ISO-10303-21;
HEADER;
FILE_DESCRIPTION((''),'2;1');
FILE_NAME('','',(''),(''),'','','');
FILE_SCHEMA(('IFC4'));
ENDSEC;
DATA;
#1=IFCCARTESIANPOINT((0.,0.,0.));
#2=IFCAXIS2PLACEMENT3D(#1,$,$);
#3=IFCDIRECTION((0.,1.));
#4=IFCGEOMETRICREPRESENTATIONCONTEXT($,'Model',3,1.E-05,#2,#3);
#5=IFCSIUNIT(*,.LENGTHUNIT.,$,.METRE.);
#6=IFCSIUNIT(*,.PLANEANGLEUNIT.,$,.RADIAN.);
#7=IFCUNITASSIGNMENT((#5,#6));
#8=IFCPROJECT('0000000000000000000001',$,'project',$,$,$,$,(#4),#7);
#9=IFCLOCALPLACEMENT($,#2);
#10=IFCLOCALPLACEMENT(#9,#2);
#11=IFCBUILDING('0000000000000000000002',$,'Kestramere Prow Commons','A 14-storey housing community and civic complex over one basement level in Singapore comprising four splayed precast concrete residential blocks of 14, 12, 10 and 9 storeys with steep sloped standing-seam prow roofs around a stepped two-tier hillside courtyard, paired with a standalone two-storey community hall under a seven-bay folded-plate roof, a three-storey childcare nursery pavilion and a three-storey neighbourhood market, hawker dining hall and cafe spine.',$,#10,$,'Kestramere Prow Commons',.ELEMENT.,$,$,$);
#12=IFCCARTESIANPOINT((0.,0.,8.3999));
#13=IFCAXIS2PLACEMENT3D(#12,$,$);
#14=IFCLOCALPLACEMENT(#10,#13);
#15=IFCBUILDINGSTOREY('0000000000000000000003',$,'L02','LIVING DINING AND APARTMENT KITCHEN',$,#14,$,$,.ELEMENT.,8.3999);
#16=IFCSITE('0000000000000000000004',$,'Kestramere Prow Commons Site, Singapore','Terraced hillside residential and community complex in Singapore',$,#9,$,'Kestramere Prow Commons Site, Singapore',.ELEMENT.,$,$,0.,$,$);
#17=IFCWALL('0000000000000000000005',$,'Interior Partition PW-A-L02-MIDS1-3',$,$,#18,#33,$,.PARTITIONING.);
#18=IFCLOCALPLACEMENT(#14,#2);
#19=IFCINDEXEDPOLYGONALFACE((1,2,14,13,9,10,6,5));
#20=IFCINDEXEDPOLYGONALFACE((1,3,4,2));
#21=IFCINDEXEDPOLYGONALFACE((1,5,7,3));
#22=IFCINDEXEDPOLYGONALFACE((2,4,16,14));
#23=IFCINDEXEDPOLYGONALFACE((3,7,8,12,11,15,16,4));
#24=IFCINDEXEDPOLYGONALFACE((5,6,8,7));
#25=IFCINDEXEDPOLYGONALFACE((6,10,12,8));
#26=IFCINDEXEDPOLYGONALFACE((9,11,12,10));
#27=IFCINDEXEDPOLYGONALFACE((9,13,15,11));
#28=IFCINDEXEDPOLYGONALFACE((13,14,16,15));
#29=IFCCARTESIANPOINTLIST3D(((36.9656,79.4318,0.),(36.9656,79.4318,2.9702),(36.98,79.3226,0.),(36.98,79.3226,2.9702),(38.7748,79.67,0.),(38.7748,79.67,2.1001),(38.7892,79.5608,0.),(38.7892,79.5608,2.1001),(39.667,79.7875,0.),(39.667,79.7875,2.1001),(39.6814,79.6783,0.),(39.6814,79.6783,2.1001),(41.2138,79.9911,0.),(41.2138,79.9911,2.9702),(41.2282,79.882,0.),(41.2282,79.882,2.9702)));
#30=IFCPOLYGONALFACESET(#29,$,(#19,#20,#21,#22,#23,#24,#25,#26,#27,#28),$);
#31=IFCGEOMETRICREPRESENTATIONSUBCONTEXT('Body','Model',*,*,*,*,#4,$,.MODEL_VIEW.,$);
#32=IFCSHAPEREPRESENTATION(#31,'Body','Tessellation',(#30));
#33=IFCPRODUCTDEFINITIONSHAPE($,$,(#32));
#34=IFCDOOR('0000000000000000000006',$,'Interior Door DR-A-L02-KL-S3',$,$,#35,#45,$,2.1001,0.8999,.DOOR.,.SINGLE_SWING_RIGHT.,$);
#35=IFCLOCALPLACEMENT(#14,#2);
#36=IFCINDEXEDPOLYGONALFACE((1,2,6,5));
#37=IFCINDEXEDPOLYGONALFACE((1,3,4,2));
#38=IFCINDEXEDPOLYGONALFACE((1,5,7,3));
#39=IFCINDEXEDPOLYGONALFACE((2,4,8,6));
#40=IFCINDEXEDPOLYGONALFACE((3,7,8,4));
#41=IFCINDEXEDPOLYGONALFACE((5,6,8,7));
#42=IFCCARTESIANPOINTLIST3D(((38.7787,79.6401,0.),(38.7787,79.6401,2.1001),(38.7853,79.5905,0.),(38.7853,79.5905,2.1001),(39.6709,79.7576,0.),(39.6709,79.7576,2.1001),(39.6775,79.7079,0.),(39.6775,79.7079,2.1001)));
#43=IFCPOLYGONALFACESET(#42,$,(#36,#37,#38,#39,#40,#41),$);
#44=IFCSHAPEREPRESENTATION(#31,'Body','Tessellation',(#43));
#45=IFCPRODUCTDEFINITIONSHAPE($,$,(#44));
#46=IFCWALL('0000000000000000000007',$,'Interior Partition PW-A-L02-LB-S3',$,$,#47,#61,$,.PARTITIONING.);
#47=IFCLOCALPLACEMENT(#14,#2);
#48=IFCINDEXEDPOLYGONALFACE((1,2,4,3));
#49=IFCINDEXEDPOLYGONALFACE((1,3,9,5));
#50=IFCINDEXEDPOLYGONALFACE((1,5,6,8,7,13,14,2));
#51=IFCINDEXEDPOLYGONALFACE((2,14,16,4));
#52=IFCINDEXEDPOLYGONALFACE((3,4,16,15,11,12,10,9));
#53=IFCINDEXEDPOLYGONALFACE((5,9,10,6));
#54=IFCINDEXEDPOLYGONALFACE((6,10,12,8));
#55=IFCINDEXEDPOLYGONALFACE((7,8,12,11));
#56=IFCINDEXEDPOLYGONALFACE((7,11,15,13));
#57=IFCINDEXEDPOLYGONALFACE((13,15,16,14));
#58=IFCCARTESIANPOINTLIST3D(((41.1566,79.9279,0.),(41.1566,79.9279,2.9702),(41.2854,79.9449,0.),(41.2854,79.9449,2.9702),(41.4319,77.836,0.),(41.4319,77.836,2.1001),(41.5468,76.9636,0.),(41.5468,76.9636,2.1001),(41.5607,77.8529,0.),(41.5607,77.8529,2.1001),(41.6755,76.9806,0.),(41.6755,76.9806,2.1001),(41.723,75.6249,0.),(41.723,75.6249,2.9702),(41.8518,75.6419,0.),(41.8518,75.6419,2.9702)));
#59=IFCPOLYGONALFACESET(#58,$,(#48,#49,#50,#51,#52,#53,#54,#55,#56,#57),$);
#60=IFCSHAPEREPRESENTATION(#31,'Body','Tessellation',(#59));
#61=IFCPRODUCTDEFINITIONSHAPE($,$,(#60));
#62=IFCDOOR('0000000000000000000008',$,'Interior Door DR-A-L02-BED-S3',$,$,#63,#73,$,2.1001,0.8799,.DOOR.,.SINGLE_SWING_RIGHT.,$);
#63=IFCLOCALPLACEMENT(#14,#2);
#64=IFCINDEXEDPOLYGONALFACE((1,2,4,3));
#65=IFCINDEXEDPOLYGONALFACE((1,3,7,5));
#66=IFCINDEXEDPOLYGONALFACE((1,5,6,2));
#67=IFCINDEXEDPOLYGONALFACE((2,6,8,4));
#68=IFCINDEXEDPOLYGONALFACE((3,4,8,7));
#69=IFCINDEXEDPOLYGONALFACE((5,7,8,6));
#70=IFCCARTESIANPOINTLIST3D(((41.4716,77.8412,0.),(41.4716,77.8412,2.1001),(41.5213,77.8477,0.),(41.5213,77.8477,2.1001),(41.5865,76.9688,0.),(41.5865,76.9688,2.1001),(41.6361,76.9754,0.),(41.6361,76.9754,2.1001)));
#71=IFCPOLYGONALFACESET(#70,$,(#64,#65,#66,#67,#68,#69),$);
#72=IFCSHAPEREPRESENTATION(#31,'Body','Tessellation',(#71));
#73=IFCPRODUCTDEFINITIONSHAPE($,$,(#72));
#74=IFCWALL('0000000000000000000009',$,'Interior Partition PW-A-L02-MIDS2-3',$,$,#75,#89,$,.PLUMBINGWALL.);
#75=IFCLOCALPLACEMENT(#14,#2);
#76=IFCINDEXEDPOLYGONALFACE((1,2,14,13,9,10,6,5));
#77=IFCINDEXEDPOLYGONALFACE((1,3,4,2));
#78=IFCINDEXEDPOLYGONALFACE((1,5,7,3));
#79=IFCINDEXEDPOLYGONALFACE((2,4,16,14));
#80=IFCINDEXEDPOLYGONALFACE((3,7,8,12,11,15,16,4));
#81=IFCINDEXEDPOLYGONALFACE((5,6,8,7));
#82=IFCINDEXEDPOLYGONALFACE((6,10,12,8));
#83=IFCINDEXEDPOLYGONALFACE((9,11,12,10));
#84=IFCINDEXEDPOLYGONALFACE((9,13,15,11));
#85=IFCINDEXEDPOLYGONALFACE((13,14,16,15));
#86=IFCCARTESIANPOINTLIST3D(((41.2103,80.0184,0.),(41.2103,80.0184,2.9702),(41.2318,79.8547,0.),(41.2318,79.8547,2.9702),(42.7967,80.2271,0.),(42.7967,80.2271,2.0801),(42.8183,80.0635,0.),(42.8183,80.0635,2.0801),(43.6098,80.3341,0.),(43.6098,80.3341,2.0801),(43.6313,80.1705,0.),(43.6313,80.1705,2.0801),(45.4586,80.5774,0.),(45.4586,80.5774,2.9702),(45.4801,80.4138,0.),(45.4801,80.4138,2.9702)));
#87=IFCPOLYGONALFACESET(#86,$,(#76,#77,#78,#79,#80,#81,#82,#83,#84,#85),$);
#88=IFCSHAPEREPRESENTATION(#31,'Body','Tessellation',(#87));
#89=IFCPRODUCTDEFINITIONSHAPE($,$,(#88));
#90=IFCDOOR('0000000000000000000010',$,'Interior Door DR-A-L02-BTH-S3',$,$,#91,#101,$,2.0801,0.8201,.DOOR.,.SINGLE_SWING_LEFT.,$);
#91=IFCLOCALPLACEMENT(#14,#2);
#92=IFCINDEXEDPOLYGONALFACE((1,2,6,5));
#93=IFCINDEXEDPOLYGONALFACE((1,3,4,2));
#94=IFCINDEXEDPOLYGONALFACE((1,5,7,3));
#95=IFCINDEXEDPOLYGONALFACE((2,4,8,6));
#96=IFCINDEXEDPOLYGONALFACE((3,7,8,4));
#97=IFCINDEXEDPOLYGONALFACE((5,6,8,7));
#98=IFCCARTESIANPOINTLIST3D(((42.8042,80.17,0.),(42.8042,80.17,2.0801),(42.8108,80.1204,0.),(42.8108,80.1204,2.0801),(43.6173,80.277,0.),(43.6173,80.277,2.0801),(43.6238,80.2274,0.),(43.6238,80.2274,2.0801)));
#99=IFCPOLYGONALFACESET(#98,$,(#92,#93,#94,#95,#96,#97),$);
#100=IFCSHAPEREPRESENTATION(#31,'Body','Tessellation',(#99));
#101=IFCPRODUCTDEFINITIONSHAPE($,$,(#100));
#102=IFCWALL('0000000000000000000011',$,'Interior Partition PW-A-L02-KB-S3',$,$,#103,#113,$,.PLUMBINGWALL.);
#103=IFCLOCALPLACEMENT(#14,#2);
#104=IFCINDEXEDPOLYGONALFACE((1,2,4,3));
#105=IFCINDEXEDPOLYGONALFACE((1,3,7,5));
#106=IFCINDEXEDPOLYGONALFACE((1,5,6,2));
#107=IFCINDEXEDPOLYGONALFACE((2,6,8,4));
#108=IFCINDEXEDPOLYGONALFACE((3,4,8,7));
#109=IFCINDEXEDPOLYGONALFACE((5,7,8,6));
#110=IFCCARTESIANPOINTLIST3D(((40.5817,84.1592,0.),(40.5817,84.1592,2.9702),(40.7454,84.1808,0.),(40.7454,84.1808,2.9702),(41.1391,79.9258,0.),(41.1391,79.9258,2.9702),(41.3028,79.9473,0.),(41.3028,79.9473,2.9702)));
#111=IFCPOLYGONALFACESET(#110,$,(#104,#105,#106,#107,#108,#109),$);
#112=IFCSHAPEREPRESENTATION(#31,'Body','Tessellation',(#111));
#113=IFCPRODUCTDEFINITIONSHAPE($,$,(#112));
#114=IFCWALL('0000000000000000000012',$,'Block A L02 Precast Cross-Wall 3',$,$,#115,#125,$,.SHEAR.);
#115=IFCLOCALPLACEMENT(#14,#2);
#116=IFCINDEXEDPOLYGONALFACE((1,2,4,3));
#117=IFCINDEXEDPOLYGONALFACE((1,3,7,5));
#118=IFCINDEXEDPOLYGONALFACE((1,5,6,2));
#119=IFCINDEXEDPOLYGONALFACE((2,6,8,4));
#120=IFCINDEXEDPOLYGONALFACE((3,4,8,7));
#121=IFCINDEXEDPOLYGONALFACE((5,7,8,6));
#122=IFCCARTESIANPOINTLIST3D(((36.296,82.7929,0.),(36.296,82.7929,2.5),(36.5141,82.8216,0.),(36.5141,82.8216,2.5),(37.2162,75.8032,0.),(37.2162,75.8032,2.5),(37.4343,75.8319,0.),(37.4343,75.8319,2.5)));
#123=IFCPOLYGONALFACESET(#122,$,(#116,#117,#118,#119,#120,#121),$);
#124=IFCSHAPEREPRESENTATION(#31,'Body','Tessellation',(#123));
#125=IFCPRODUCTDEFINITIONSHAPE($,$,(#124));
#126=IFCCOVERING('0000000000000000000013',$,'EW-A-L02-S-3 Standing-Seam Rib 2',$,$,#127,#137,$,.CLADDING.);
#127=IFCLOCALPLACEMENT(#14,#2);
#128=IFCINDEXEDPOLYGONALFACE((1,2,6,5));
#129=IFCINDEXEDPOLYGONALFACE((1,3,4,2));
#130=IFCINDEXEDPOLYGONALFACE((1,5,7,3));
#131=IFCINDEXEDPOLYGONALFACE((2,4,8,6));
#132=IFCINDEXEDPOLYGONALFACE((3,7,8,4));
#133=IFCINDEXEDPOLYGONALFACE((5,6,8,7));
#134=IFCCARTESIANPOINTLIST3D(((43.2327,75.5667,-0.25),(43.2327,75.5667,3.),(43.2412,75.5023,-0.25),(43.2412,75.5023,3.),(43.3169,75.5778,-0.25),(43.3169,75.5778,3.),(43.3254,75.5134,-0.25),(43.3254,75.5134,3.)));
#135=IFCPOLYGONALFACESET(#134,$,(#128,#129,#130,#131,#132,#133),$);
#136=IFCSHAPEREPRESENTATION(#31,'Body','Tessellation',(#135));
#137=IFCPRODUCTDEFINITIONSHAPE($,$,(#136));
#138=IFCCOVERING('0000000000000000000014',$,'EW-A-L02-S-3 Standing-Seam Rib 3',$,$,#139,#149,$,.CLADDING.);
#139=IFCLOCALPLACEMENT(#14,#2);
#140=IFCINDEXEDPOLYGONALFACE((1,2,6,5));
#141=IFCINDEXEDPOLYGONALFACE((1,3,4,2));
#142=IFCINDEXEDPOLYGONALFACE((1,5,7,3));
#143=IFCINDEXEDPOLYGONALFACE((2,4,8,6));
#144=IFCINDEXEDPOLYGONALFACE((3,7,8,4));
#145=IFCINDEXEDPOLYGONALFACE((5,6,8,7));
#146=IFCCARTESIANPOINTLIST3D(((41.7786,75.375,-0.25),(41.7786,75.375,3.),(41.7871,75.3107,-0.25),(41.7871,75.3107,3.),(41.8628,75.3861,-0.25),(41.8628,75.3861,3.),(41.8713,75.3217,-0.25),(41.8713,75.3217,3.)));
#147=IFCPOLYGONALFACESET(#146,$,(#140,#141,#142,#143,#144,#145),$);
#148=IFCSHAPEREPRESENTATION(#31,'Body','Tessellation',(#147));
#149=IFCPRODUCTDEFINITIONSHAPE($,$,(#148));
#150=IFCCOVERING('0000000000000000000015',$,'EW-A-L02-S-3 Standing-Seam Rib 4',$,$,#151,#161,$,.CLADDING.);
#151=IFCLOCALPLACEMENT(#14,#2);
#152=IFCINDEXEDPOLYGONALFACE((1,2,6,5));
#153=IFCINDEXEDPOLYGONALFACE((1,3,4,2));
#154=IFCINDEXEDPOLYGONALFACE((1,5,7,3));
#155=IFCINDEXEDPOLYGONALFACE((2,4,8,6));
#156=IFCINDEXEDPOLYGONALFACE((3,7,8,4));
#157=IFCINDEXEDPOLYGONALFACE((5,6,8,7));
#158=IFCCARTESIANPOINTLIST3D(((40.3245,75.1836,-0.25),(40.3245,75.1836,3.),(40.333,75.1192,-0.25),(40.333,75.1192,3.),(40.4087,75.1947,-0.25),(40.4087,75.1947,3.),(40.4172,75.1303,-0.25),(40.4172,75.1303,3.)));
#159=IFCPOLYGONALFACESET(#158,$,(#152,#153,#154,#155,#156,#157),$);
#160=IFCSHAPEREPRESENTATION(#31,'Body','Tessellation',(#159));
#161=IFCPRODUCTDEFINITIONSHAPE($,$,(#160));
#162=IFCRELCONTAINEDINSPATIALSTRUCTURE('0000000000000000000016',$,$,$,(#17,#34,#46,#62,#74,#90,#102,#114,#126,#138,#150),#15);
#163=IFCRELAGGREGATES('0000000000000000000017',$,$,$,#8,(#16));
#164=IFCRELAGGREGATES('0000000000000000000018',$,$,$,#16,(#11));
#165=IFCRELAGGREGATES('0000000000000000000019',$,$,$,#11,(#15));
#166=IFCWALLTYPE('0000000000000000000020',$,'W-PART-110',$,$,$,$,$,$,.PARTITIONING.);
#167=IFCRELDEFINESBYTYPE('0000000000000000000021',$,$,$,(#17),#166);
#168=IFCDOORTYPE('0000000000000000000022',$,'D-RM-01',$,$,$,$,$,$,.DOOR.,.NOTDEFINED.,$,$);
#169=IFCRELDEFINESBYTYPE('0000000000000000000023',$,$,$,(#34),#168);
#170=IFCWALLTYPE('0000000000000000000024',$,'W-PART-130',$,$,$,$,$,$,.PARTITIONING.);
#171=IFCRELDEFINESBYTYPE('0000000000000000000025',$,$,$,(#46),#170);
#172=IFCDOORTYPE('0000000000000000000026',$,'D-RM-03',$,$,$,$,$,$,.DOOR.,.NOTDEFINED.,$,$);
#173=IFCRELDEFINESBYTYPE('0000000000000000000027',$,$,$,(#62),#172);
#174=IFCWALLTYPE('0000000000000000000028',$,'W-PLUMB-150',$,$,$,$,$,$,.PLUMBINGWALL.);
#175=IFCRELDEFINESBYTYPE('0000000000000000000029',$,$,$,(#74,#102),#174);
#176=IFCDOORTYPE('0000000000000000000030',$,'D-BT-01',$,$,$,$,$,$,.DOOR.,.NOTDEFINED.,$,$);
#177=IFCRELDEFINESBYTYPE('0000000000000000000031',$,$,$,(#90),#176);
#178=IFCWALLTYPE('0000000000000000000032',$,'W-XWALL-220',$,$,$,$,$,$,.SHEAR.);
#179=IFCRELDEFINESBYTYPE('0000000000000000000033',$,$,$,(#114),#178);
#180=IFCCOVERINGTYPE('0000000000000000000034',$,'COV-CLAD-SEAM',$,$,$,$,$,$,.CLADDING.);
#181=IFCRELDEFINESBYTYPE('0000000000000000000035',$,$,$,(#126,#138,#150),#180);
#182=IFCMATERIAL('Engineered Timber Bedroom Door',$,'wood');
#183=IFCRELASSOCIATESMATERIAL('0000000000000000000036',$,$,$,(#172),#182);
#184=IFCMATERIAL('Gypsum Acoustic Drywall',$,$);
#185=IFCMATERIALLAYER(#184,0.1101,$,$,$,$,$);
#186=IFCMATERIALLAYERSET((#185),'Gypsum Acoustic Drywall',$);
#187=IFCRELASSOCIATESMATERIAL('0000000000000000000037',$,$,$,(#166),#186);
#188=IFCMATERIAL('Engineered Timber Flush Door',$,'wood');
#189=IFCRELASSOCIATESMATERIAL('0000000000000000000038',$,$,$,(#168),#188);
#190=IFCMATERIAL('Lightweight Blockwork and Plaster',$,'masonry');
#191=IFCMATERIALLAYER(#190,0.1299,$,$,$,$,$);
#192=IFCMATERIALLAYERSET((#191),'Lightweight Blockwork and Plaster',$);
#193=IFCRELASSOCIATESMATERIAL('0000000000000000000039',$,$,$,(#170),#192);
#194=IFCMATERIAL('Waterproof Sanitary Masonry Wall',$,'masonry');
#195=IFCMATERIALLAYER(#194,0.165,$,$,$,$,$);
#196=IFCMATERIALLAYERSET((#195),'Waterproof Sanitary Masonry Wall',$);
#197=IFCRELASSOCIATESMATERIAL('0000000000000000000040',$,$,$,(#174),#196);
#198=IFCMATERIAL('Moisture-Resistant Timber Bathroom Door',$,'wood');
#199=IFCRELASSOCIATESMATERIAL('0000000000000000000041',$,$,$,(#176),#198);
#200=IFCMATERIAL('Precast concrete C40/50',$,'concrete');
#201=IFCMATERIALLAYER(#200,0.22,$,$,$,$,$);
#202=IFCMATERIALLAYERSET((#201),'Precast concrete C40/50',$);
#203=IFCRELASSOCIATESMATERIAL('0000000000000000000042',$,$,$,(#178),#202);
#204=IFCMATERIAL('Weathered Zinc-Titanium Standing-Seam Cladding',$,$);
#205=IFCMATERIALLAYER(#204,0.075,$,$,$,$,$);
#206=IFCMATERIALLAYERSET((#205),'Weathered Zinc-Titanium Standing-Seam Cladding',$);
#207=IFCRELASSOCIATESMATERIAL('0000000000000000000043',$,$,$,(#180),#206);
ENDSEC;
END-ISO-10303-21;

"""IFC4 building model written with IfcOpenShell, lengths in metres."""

from ifc_helpers import new_model, si_unit, direction, frame, frame_2d, origin, origin_2d, place, context, subcontext, project, spatial, rectangle, extrude, material, layer, layer_set, type_object, element, fill, save


model = new_model("IFC4")

# Units and contexts
model_context = context("Model", 3, precision=1e-05, world=origin(), true_north=direction((0.0, 1.0)))
body_context = subcontext(model_context, "Body", "Model", "MODEL_VIEW")
ifc_project = project(units=[si_unit("LENGTHUNIT", "METRE"), si_unit("PLANEANGLEUNIT", "RADIAN")], contexts=[model_context])

# Site, building, storey
site_placement = place(None, origin())
site = spatial("IfcSite", under=ifc_project, at=site_placement, Name="Kestramere Prow Commons Site, Singapore", Description="Terraced hillside residential and community complex in Singapore", LongName="Kestramere Prow Commons Site, Singapore", CompositionType="ELEMENT", RefElevation=0.0)
building_placement = place(site_placement, origin())
building = spatial("IfcBuilding", under=site, at=building_placement, Name="Kestramere Prow Commons", Description="A 14-storey housing community and civic complex over one basement level in Singapore comprising four splayed precast concrete residential blocks of 14, 12, 10 and 9 storeys with steep sloped standing-seam prow roofs around a stepped two-tier hillside courtyard, paired with a standalone two-storey community hall under a seven-bay folded-plate roof, a three-storey childcare nursery pavilion and a three-storey neighbourhood market, hawker dining hall and cafe spine.", LongName="Kestramere Prow Commons", CompositionType="ELEMENT")
storey_placement = place(building_placement, frame((0.0, 0.0, 8.3999)))
storey = spatial("IfcBuildingStorey", under=building, at=storey_placement, Name="L02", Description="LIVING DINING AND APARTMENT KITCHEN", CompositionType="ELEMENT", Elevation=8.3999)

# Shared definitions
ifc_material_1 = material(Name="Precast concrete C40/50", Category="concrete")

# Walls, openings, doors
ifc_material_2 = material(Name="Gypsum Acoustic Drywall")
ifc_material_3 = material(Name="Engineered Timber Bedroom Door", Category="wood")
door_type_1 = type_object("IfcDoorType", Name="D-RM-03", OperationType="NOTDEFINED", PredefinedType="DOOR", material=ifc_material_3)
ifc_layer_1 = layer(ifc_material_2, 0.1101)
ifc_layer_set_1 = layer_set([ifc_layer_1], Name="Gypsum Acoustic Drywall")
wall_type_1 = type_object("IfcWallType", Name="W-PART-110", PredefinedType="PARTITIONING", material=ifc_layer_set_1)
wall_1_placement = place(storey_placement, frame((36.9727, 79.3772, 0.0), z_axis=(0.0, 0.0, 1.0), x_axis=(0.991444, 0.130533, 0.0)))
wall_1 = element("IfcWall", 1, at=wall_1_placement, inside=storey, type_object=wall_type_1, Name="Interior Partition PW-A-L02-MIDS1-3", PredefinedType="PARTITIONING", context=body_context, shape_type="SweptSolid", body=[
    extrude(rectangle(XDim=4.2849, YDim=0.1101, at=frame_2d((2.1426, 0.0))), origin(), (0.0, 0.0, 1.0), 2.9702),
])
opening_1_placement = place(wall_1_placement, frame((1.825, 0.0, 0.0)))
opening_1 = element("IfcOpeningElement", 2, at=opening_1_placement, cuts=wall_1, PredefinedType="OPENING", context=body_context, shape_type="SweptSolid", body=[
    extrude(rectangle(XDim=0.8999, YDim=2.1001, at=frame_2d((0.45, 1.05))), frame((0.0, 0.0701, 0.0), z_axis=(0.0, -1.0, 0.0), x_axis=(1.0, 0.0, 0.0)), (0.0, 0.0, 1.0), 0.1401),
])
ifc_material_4 = material(Name="Engineered Timber Flush Door", Category="wood")
door_type_2 = type_object("IfcDoorType", Name="D-RM-01", OperationType="NOTDEFINED", PredefinedType="DOOR", material=ifc_material_4)
door_1_placement = place(opening_1_placement, origin())
door_1 = element("IfcDoor", 3, at=door_1_placement, inside=storey, type_object=door_type_2, Name="Interior Door DR-A-L02-KL-S3", OperationType="SINGLE_SWING_RIGHT", OverallHeight=2.1001, OverallWidth=0.8999, PredefinedType="DOOR", context=body_context, shape_type="SweptSolid", body=[
    extrude(rectangle(XDim=0.8999, YDim=2.1001, at=frame_2d((0.45, 1.05))), frame((0.0, 0.0249, 0.0), z_axis=(0.0, -1.0, 0.0), x_axis=(1.0, 0.0, 0.0)), (0.0, 0.0, 1.0), 0.05),
])
fill(opening_1, door_1)
ifc_material_5 = material(Name="Lightweight Blockwork and Plaster", Category="masonry")
ifc_layer_2 = layer(ifc_material_5, 0.1299)
ifc_layer_set_2 = layer_set([ifc_layer_2], Name="Lightweight Blockwork and Plaster")
wall_type_2 = type_object("IfcWallType", Name="W-PART-130", PredefinedType="PARTITIONING", material=ifc_layer_set_2)
wall_2_placement = place(storey_placement, frame((41.7874, 75.6335, 0.0), z_axis=(0.0, 0.0, 1.0), x_axis=(-0.130505, 0.991448, 0.0)))
wall_2 = element("IfcWall", 4, at=wall_2_placement, inside=storey, type_object=wall_type_2, Name="Interior Partition PW-A-L02-LB-S3", PredefinedType="PARTITIONING", context=body_context, shape_type="SweptSolid", body=[
    extrude(rectangle(XDim=4.3401, YDim=0.1299, at=frame_2d((2.1699, 0.0))), origin(), (0.0, 0.0, 1.0), 2.9702),
])
opening_2_placement = place(wall_2_placement, frame((1.3501, 0.0, 0.0)))
opening_2 = element("IfcOpeningElement", 5, at=opening_2_placement, cuts=wall_2, PredefinedType="OPENING", context=body_context, shape_type="SweptSolid", body=[
    extrude(rectangle(XDim=0.8799, YDim=2.1001, at=frame_2d((0.4399, 1.05))), frame((0.0, 0.0798, 0.0), z_axis=(0.0, -1.0, 0.0), x_axis=(1.0, 0.0, 0.0)), (0.0, 0.0, 1.0), 0.1599),
])
door_2_placement = place(opening_2_placement, origin())
door_2 = element("IfcDoor", 6, at=door_2_placement, inside=storey, type_object=door_type_1, Name="Interior Door DR-A-L02-BED-S3", OperationType="SINGLE_SWING_RIGHT", OverallHeight=2.1001, OverallWidth=0.8799, PredefinedType="DOOR", context=body_context, shape_type="SweptSolid", body=[
    extrude(rectangle(XDim=0.8799, YDim=2.1001, at=frame_2d((0.4399, 1.05))), frame((0.0, 0.0249, 0.0), z_axis=(0.0, -1.0, 0.0), x_axis=(1.0, 0.0, 0.0)), (0.0, 0.0, 1.0), 0.05),
])
fill(opening_2, door_2)
ifc_material_6 = material(Name="Waterproof Sanitary Masonry Wall", Category="masonry")
ifc_layer_3 = layer(ifc_material_6, 0.165)
ifc_layer_set_3 = layer_set([ifc_layer_3], Name="Waterproof Sanitary Masonry Wall")
wall_type_3 = type_object("IfcWallType", Name="W-PLUMB-150", PredefinedType="PLUMBINGWALL", material=ifc_layer_set_3)
wall_3_placement = place(storey_placement, frame((41.2209, 79.9365, 0.0), z_axis=(0.0, 0.0, 1.0), x_axis=(0.991451, 0.130477, 0.0)))
wall_3 = element("IfcWall", 7, at=wall_3_placement, inside=storey, type_object=wall_type_3, Name="Interior Partition PW-A-L02-MIDS2-3", PredefinedType="PLUMBINGWALL", context=body_context, shape_type="SweptSolid", body=[
    extrude(rectangle(XDim=4.2849, YDim=0.165, at=frame_2d((2.1426, 0.0))), origin(), (0.0, 0.0, 1.0), 2.9702),
])
opening_3_placement = place(wall_3_placement, frame((1.6001, 0.0, 0.0)))
opening_3 = element("IfcOpeningElement", 8, at=opening_3_placement, cuts=wall_3, PredefinedType="OPENING", context=body_context, shape_type="SweptSolid", body=[
    extrude(rectangle(XDim=0.8201, YDim=2.0801, at=frame_2d((0.4102, 1.04))), frame((0.0, 0.0974, 0.0), z_axis=(0.0, -1.0, 0.0), x_axis=(1.0, 0.0, 0.0)), (0.0, 0.0, 1.0), 0.1951),
])
ifc_material_7 = material(Name="Moisture-Resistant Timber Bathroom Door", Category="wood")
door_type_3 = type_object("IfcDoorType", Name="D-BT-01", OperationType="NOTDEFINED", PredefinedType="DOOR", material=ifc_material_7)
door_3_placement = place(opening_3_placement, origin())
door_3 = element("IfcDoor", 9, at=door_3_placement, inside=storey, type_object=door_type_3, Name="Interior Door DR-A-L02-BTH-S3", OperationType="SINGLE_SWING_LEFT", OverallHeight=2.0801, OverallWidth=0.8201, PredefinedType="DOOR", context=body_context, shape_type="SweptSolid", body=[
    extrude(rectangle(XDim=0.8201, YDim=2.0801, at=frame_2d((0.4102, 1.04))), frame((0.0, 0.0249, 0.0), z_axis=(0.0, -1.0, 0.0), x_axis=(1.0, 0.0, 0.0)), (0.0, 0.0, 1.0), 0.05),
])
fill(opening_3, door_3)

# Walls
wall_4_placement = place(storey_placement, frame((41.2209, 79.9365, 0.0), z_axis=(0.0, 0.0, 1.0), x_axis=(-0.130534, 0.991444, 0.0)))
element("IfcWall", 10, at=wall_4_placement, inside=storey, type_object=wall_type_3, Name="Interior Partition PW-A-L02-KB-S3", PredefinedType="PLUMBINGWALL", context=body_context, shape_type="SweptSolid", body=[
    extrude(rectangle(XDim=4.27, YDim=0.165, at=frame_2d((2.135, 0.0))), origin(), (0.0, 0.0, 1.0), 2.9702),
])
ifc_layer_4 = layer(ifc_material_1, 0.22)
ifc_layer_set_4 = layer_set([ifc_layer_4], Name="Precast concrete C40/50")
wall_type_4 = type_object("IfcWallType", Name="W-XWALL-220", PredefinedType="SHEAR", material=ifc_layer_set_4)
wall_5_placement = place(storey_placement, frame((37.3252, 75.8176, 0.0), z_axis=(0.0, 0.0, 1.0), x_axis=(-0.130519, 0.991446, 0.0)))
element("IfcWall", 11, at=wall_5_placement, inside=storey, type_object=wall_type_4, Name="Block A L02 Precast Cross-Wall 3", PredefinedType="SHEAR", context=body_context, shape_type="SweptSolid", body=[
    extrude(rectangle(XDim=7.05, YDim=0.22, at=frame_2d((3.5249, 0.0))), origin(), (0.0, 0.0, 1.0), 2.5),
])

# Coverings
ifc_material_8 = material(Name="Weathered Zinc-Titanium Standing-Seam Cladding")
ifc_layer_5 = layer(ifc_material_8, 0.075)
ifc_layer_set_5 = layer_set([ifc_layer_5], Name="Weathered Zinc-Titanium Standing-Seam Cladding")
covering_type = type_object("IfcCoveringType", Name="COV-CLAD-SEAM", PredefinedType="CLADDING", material=ifc_layer_set_5)
for number, where, z_axis, x_axis, name in (
    (12, (43.2791, 75.54, -0.25), (0.0, 0.0, 1.0), (-0.991445, -0.130526, 0.0), "EW-A-L02-S-3 Standing-Seam Rib 2"),
    (13, (41.825, 75.3484, -0.25), (0.0, 0.0, 1.0), (-0.991445, -0.130526, 0.0), "EW-A-L02-S-3 Standing-Seam Rib 3"),
    (14, (40.3708, 75.157, -0.25), (0.0, 0.0, 1.0), (-0.991445, -0.130526, 0.0), "EW-A-L02-S-3 Standing-Seam Rib 4"),
):
    element("IfcCovering", number, at=place(storey_placement, frame(where, z_axis=z_axis, x_axis=x_axis)), inside=storey, type_object=covering_type, Name=name, PredefinedType="CLADDING", context=body_context, shape_type="SweptSolid", body=[
        extrude(rectangle(XDim=0.085, YDim=0.0649, at=origin_2d()), origin(), (0.0, 0.0, 1.0), 3.25),
    ])

save(model, "model.ifc")
